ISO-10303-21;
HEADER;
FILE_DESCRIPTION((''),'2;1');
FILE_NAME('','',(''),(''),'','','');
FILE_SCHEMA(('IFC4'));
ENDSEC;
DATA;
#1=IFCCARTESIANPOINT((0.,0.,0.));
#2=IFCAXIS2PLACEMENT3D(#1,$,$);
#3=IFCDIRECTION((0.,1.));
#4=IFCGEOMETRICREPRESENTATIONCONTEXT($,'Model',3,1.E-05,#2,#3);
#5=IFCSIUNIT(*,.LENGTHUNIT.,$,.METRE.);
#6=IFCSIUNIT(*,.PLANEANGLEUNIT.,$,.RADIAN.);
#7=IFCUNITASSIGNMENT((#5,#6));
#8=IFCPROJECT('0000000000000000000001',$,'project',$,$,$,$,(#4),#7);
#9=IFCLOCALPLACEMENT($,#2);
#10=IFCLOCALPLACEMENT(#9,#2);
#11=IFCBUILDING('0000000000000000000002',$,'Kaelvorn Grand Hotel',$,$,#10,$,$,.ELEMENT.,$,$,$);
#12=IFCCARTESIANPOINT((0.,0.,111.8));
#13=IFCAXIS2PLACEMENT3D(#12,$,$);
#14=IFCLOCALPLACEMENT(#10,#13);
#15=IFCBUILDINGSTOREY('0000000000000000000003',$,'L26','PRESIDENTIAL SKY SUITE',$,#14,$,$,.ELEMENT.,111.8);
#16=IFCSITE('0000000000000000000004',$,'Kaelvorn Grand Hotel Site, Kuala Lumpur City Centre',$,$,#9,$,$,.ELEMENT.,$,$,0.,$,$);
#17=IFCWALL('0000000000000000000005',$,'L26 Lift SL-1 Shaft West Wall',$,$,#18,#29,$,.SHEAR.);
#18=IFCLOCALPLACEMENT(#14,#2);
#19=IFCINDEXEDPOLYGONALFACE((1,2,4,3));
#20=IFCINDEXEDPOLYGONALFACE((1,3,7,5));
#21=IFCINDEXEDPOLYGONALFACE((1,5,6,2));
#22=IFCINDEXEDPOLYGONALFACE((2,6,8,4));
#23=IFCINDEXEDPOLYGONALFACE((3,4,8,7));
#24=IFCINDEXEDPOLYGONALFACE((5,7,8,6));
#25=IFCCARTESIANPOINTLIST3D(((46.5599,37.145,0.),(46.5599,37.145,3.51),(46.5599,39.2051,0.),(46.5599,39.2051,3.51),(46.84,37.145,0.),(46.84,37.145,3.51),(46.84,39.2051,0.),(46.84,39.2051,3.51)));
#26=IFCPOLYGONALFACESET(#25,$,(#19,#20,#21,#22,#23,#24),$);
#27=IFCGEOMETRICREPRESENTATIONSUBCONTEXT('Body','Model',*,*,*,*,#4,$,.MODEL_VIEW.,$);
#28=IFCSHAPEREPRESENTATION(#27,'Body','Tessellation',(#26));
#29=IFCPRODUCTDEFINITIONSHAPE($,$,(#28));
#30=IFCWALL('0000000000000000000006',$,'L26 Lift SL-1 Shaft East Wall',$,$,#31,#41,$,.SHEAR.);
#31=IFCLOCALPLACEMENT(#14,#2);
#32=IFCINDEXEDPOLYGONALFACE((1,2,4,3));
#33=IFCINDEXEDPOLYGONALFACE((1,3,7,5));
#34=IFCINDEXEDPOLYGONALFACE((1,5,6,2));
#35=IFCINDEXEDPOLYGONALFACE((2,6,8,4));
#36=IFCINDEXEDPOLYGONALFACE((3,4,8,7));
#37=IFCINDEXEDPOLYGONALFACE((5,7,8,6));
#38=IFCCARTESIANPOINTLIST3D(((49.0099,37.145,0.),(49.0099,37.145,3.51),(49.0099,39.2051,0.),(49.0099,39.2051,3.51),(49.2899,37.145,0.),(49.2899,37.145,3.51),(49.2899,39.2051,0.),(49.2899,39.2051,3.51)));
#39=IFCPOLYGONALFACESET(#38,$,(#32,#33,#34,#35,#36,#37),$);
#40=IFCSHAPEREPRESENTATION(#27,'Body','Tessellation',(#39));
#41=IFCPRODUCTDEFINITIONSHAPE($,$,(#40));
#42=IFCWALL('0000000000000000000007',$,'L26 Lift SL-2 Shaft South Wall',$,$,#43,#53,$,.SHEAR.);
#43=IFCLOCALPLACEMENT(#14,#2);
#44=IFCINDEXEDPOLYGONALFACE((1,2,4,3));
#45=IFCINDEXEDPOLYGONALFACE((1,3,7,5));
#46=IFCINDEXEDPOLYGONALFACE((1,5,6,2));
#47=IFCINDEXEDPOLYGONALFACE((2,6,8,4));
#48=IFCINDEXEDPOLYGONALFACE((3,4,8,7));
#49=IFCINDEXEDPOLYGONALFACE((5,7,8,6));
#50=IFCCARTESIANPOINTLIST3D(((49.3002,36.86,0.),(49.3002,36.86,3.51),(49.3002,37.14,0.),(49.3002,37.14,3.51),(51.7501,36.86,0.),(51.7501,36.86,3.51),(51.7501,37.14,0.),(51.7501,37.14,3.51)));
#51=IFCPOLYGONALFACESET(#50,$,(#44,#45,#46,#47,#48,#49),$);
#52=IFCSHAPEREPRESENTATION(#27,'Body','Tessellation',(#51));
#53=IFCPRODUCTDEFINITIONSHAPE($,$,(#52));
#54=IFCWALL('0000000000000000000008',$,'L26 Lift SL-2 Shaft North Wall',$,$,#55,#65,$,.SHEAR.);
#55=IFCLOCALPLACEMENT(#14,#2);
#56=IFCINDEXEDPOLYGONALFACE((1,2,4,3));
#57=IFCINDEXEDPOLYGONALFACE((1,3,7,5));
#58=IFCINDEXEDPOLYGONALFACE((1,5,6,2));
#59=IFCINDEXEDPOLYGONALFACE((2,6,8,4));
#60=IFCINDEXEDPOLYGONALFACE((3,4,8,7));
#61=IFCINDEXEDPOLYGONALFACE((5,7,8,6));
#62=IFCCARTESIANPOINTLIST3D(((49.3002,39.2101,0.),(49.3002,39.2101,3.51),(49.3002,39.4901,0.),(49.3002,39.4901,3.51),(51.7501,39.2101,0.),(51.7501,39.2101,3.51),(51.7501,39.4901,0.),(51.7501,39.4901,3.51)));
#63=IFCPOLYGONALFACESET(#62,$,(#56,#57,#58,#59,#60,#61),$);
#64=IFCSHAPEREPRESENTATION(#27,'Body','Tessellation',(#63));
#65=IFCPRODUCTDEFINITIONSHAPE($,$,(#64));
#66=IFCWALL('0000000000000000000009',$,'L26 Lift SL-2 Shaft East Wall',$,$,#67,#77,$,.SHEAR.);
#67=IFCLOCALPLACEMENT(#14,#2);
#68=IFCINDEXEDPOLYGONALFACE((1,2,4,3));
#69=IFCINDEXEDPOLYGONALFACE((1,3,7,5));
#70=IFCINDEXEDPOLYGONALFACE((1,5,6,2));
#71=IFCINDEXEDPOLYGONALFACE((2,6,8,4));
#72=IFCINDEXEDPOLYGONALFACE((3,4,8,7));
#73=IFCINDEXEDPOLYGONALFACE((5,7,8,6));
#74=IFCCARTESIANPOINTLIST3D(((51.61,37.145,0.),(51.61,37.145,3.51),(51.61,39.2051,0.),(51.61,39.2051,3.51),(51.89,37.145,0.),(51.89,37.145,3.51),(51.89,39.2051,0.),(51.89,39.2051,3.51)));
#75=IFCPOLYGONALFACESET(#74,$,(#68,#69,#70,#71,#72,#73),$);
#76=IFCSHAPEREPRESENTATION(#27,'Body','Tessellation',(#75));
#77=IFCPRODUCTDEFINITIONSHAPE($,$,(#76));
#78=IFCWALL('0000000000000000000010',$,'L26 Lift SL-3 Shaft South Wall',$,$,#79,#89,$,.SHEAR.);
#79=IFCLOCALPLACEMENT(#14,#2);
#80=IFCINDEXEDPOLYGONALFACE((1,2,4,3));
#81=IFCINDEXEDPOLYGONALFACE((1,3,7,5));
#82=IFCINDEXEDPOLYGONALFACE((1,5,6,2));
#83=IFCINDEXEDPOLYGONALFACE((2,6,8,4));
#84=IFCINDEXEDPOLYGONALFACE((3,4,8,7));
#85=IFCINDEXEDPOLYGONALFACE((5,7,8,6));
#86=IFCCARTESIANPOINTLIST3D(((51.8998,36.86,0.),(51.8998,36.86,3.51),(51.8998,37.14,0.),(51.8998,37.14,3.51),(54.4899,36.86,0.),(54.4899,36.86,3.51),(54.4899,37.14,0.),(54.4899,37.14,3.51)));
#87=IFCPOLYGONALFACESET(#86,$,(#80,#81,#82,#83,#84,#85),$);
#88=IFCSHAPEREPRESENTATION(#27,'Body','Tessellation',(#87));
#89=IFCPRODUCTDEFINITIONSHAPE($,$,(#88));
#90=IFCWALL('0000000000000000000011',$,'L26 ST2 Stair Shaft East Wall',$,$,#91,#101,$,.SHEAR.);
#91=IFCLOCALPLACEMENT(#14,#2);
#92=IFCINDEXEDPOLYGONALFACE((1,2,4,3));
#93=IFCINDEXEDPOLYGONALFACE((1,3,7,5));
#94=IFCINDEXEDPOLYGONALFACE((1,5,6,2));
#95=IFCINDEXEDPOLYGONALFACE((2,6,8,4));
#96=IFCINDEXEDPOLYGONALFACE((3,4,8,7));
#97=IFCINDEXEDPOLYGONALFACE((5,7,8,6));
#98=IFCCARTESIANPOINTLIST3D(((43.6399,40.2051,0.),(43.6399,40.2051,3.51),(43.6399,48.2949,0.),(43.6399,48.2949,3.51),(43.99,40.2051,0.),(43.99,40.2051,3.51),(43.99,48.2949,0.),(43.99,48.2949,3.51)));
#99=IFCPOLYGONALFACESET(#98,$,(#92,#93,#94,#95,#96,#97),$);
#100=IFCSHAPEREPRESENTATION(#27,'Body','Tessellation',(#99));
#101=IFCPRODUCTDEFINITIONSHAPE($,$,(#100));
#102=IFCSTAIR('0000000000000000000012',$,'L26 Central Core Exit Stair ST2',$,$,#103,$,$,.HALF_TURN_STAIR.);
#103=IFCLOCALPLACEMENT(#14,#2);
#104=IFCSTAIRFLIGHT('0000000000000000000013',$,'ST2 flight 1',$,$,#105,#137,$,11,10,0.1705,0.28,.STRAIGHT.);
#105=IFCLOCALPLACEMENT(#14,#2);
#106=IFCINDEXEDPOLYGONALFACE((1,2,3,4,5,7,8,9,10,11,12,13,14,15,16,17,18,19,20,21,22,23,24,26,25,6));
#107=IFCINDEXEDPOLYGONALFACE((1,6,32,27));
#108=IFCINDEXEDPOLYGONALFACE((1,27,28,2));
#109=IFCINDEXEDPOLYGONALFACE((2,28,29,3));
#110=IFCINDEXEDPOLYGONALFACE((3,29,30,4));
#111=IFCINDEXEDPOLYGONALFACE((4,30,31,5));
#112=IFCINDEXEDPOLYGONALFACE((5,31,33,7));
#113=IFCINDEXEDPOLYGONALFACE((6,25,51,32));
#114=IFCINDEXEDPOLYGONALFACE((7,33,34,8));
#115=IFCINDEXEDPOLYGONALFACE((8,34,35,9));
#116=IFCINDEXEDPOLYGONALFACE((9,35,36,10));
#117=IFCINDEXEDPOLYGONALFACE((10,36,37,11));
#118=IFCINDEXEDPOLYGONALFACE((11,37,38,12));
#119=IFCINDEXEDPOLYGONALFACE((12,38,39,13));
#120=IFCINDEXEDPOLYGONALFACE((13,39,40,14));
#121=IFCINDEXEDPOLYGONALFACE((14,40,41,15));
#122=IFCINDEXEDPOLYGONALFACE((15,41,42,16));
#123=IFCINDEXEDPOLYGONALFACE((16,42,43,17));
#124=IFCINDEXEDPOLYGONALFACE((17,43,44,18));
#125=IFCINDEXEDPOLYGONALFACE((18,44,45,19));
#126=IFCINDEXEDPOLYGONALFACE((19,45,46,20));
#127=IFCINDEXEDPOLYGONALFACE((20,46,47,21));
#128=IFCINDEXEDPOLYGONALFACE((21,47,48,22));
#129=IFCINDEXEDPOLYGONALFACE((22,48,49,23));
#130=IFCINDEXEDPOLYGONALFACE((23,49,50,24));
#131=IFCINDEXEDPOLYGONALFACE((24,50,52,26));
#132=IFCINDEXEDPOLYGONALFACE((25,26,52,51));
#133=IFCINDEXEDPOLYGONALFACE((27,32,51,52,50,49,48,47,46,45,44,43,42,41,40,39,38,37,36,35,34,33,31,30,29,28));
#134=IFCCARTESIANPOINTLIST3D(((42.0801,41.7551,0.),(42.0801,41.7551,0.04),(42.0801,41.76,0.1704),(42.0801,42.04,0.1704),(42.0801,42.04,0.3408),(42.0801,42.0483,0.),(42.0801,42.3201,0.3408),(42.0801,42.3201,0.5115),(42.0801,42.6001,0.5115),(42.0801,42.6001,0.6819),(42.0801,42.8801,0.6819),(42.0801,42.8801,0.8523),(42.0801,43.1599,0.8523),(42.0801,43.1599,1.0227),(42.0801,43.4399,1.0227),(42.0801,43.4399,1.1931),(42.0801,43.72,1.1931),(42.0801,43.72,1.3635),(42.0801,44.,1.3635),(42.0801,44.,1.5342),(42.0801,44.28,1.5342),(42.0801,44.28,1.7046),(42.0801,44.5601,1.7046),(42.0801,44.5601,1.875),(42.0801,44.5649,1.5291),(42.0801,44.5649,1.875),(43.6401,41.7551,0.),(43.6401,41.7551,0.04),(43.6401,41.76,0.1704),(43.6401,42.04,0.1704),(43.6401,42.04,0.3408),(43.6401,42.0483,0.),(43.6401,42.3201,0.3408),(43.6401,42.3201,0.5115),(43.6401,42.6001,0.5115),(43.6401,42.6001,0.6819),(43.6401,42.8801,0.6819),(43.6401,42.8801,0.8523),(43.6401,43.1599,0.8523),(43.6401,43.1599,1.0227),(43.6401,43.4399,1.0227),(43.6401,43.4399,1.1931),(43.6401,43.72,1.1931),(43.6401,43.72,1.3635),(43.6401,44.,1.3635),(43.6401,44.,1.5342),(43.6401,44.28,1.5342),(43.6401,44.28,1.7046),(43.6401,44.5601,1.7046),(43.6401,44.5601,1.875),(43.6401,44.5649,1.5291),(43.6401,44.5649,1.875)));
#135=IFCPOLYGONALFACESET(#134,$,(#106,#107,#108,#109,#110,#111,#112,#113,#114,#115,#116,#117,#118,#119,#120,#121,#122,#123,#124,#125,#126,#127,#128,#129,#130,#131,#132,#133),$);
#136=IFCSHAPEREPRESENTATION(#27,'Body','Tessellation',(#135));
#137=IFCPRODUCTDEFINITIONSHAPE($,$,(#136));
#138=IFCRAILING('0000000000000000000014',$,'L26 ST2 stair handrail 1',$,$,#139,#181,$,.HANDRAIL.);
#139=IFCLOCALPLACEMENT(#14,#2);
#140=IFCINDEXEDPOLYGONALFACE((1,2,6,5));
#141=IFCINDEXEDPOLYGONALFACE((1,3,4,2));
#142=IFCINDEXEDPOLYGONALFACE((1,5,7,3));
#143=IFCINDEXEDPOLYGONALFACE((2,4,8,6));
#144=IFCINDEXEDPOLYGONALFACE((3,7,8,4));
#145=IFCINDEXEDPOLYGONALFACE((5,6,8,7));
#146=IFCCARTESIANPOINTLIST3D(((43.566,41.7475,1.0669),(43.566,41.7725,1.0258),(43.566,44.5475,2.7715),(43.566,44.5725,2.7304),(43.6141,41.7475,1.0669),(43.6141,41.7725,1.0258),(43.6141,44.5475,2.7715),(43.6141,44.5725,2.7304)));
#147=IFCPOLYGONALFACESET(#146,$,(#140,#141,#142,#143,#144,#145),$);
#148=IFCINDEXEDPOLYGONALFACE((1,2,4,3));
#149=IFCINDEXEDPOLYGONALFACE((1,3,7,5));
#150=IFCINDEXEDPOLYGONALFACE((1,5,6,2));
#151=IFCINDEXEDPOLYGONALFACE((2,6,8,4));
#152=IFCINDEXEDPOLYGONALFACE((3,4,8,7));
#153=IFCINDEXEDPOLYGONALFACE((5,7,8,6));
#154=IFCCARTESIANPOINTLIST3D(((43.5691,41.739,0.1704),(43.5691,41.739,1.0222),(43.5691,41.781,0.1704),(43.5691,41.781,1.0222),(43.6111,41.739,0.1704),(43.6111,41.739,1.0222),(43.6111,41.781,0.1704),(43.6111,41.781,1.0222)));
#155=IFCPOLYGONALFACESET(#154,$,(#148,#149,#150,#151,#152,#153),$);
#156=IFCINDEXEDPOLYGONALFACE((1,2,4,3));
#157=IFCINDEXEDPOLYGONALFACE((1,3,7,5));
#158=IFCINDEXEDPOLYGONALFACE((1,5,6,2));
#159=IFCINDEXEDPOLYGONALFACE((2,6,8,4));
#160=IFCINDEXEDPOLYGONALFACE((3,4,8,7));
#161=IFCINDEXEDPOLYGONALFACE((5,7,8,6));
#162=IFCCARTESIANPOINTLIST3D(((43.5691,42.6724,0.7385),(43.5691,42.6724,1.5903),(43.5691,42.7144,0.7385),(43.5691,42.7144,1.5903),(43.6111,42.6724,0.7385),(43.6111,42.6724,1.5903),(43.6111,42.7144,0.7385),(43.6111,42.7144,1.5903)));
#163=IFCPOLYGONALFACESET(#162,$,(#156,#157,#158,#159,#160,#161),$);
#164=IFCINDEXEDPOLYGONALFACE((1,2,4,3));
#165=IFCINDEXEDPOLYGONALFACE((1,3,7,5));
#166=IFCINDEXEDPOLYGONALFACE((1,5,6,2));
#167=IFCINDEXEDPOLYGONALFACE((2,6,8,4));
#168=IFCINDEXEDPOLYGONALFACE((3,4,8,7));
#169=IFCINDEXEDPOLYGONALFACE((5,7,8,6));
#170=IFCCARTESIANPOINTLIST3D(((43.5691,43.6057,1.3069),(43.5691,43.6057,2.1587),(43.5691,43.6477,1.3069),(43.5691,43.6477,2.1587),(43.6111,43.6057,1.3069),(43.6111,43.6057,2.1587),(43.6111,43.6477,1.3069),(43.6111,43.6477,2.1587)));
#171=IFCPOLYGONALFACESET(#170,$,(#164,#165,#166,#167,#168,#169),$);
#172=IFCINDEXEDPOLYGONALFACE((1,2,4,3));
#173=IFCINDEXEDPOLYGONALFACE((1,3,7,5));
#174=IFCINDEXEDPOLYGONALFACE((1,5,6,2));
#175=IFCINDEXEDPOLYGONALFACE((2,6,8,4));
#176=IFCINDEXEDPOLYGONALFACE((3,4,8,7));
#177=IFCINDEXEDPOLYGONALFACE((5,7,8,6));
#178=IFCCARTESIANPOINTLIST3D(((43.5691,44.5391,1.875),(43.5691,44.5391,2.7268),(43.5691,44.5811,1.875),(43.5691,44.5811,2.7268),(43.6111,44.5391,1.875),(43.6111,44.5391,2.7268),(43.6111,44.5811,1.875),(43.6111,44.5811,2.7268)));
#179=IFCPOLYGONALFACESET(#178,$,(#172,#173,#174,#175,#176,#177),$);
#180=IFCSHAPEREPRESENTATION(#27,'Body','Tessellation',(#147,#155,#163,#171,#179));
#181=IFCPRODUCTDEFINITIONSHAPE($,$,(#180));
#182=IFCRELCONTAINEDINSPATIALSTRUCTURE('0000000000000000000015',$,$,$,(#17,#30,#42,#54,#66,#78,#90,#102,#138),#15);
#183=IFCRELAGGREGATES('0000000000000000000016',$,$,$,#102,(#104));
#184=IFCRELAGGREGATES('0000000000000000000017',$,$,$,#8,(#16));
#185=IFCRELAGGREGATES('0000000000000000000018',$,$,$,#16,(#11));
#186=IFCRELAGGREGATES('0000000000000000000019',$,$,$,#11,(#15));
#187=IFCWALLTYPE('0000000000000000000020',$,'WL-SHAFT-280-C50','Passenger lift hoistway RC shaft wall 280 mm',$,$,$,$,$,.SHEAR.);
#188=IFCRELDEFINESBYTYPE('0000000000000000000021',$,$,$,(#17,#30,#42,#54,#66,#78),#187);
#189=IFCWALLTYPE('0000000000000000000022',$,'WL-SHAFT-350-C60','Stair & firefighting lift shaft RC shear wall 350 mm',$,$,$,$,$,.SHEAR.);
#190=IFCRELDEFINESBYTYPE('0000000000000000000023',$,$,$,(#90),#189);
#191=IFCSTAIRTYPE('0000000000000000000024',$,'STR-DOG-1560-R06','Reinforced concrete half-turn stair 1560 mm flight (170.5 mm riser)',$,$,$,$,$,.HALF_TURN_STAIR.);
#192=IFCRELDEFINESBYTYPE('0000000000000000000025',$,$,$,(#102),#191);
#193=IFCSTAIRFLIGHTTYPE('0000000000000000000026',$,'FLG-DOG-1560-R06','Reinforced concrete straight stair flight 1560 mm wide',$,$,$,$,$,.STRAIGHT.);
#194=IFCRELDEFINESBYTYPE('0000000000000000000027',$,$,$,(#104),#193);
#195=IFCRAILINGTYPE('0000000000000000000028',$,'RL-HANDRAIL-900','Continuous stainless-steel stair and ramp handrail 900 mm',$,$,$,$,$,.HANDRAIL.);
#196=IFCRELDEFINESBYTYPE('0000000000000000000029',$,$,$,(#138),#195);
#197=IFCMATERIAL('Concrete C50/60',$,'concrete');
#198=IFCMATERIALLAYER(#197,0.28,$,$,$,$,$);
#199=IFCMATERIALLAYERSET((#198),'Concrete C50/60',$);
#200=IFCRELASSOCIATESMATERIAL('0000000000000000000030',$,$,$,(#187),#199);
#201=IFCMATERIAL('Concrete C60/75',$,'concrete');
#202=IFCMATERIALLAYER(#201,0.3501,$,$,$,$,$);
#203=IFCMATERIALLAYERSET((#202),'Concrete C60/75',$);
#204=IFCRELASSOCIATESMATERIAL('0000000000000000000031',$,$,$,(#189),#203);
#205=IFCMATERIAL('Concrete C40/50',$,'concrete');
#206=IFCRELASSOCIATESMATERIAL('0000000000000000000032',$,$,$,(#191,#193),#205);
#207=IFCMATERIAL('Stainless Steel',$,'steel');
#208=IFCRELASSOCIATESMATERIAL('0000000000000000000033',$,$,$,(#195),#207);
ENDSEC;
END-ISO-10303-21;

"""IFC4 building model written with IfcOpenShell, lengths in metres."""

from ifc_helpers import new_model, si_unit, direction, frame, frame_2d, origin, origin_2d, place, context, subcontext, project, spatial, polyline, rectangle, outline, extrude, material, layer, layer_set, type_object, element, aggregate, save


model = new_model("IFC4")

# Units and contexts
model_context = context("Model", 3, precision=1e-05, world=origin(), true_north=direction((0.0, 1.0)))
body_context = subcontext(model_context, "Body", "Model", "MODEL_VIEW")
ifc_project = project(units=[si_unit("LENGTHUNIT", "METRE"), si_unit("PLANEANGLEUNIT", "RADIAN")], contexts=[model_context])

# Site, building, storey
site_placement = place(None, origin())
site = spatial("IfcSite", under=ifc_project, at=site_placement, Name="Kaelvorn Grand Hotel Site, Kuala Lumpur City Centre", CompositionType="ELEMENT", RefElevation=0.0)
building_placement = place(site_placement, origin())
building = spatial("IfcBuilding", under=site, at=building_placement, Name="Kaelvorn Grand Hotel", CompositionType="ELEMENT")
storey_placement = place(building_placement, frame((0.0, 0.0, 111.8)))
storey = spatial("IfcBuildingStorey", under=building, at=storey_placement, Name="L26", Description="PRESIDENTIAL SKY SUITE", CompositionType="ELEMENT", Elevation=111.8)

# Shared definitions
ifc_material_1 = material(Name="Concrete C60/75", Category="concrete")

# Walls
ifc_material_2 = material(Name="Concrete C40/50", Category="concrete")
ifc_material_3 = material(Name="Concrete C50/60", Category="concrete")
ifc_layer_1 = layer(ifc_material_3, 0.28)
ifc_layer_set_1 = layer_set([ifc_layer_1], Name="Concrete C50/60")
wall_type_1 = type_object("IfcWallType", Name="WL-SHAFT-280-C50", Description="Passenger lift hoistway RC shaft wall 280 mm", PredefinedType="SHEAR", material=ifc_layer_set_1)
for number, where, z_axis, x_axis, name in (
    (1, (46.7, 37.145, 0.0), (0.0, 0.0, 1.0), (0.0, 1.0, 0.0), "L26 Lift SL-1 Shaft West Wall"),
    (2, (49.1499, 37.145, 0.0), (0.0, 0.0, 1.0), (0.0, 1.0, 0.0), "L26 Lift SL-1 Shaft East Wall"),
):
    element("IfcWall", number, at=place(storey_placement, frame(where, z_axis=z_axis, x_axis=x_axis)), inside=storey, type_object=wall_type_1, Name=name, PredefinedType="SHEAR", context=body_context, shape_type="SweptSolid", body=[
        extrude(rectangle(XDim=2.0601, YDim=0.28, at=frame_2d((1.03, 0.0))), origin(), (0.0, 0.0, 1.0), 3.51),
    ])
for number, where, z_axis, x_axis, name in (
    (3, (49.3, 37.0, 0.0), (0.0, 0.0, 1.0), (1.0, 0.0, 0.0), "L26 Lift SL-2 Shaft South Wall"),
    (4, (49.3, 39.3501, 0.0), (0.0, 0.0, 1.0), (1.0, 0.0, 0.0), "L26 Lift SL-2 Shaft North Wall"),
):
    element("IfcWall", number, at=place(storey_placement, frame(where, z_axis=z_axis, x_axis=x_axis)), inside=storey, type_object=wall_type_1, Name=name, PredefinedType="SHEAR", context=body_context, shape_type="SweptSolid", body=[
        extrude(rectangle(XDim=2.45, YDim=0.28, at=frame_2d((1.2251, 0.0))), origin(), (0.0, 0.0, 1.0), 3.51),
    ])
wall_1_placement = place(storey_placement, frame((51.75, 37.145, 0.0), z_axis=(0.0, 0.0, 1.0), x_axis=(0.0, 1.0, 0.0)))
element("IfcWall", 5, at=wall_1_placement, inside=storey, type_object=wall_type_1, Name="L26 Lift SL-2 Shaft East Wall", PredefinedType="SHEAR", context=body_context, shape_type="SweptSolid", body=[
    extrude(rectangle(XDim=2.0601, YDim=0.28, at=frame_2d((1.03, 0.0))), origin(), (0.0, 0.0, 1.0), 3.51),
])
wall_2_placement = place(storey_placement, frame((51.8999, 37.0, 0.0), z_axis=(0.0, 0.0, 1.0), x_axis=(1.0, 0.0, 0.0)))
element("IfcWall", 6, at=wall_2_placement, inside=storey, type_object=wall_type_1, Name="L26 Lift SL-3 Shaft South Wall", PredefinedType="SHEAR", context=body_context, shape_type="SweptSolid", body=[
    extrude(rectangle(XDim=2.5901, YDim=0.28, at=frame_2d((1.2949, 0.0))), origin(), (0.0, 0.0, 1.0), 3.51),
])
ifc_layer_2 = layer(ifc_material_1, 0.3501)
ifc_layer_set_2 = layer_set([ifc_layer_2], Name="Concrete C60/75")
wall_type_2 = type_object("IfcWallType", Name="WL-SHAFT-350-C60", Description="Stair & firefighting lift shaft RC shear wall 350 mm", PredefinedType="SHEAR", material=ifc_layer_set_2)
wall_3_placement = place(storey_placement, frame((43.8149, 40.2051, 0.0), z_axis=(0.0, 0.0, 1.0), x_axis=(0.0, 1.0, 0.0)))
element("IfcWall", 7, at=wall_3_placement, inside=storey, type_object=wall_type_2, Name="L26 ST2 Stair Shaft East Wall", PredefinedType="SHEAR", context=body_context, shape_type="SweptSolid", body=[
    extrude(rectangle(XDim=8.0898, YDim=0.3501, at=frame_2d((4.0449, 0.0))), origin(), (0.0, 0.0, 1.0), 3.51),
])

# Stair, stair flight
stair_type = type_object("IfcStairType", Name="STR-DOG-1560-R06", Description="Reinforced concrete half-turn stair 1560 mm flight (170.5 mm riser)", PredefinedType="HALF_TURN_STAIR", material=ifc_material_2)
stair_placement = place(storey_placement, origin())
stair = element("IfcStair", 8, at=stair_placement, inside=storey, type_object=stair_type, Name="L26 Central Core Exit Stair ST2", PredefinedType="HALF_TURN_STAIR")
stair_flight_type = type_object("IfcStairFlightType", Name="FLG-DOG-1560-R06", Description="Reinforced concrete straight stair flight 1560 mm wide", PredefinedType="STRAIGHT", material=ifc_material_2)
stair_flight_placement = place(storey_placement, frame((42.8601, 41.76, 0.0), z_axis=(0.0, 0.0, 1.0), x_axis=(0.0, 1.0, 0.0)))
stair_flight = element("IfcStairFlight", 9, at=stair_flight_placement, type_object=stair_flight_type, Name="ST2 flight 1", NumberOfRisers=11, NumberOfTreads=10, PredefinedType="STRAIGHT", RiserHeight=0.1705, TreadLength=0.28, context=body_context, shape_type="SweptSolid", body=[
    extrude(outline(polyline([(-0.0049, 0.0), (-0.0049, 0.04), (0.0, 0.1704), (0.28, 0.1704), (0.28, 0.3408), (0.5601, 0.3408), (0.5601, 0.5115), (0.8401, 0.5115), (0.8401, 0.6819), (1.1201, 0.6819), (1.1201, 0.8523), (1.3999, 0.8523), (1.3999, 1.0227), (1.6799, 1.0227), (1.6799, 1.1931), (1.96, 1.1931), (1.96, 1.3635), (2.24, 1.3635), (2.24, 1.5342), (2.52, 1.5342), (2.52, 1.7046), (2.8, 1.7046), (2.8, 1.875), (2.8049, 1.875), (2.8049, 1.5291), (0.2883, 0.0), (-0.0049, 0.0)])), frame((0.0, 0.78, 0.0), z_axis=(0.0, -1.0, 0.0), x_axis=(1.0, 0.0, 0.0)), (0.0, 0.0, 1.0), 1.5601),
])
aggregate(stair, [stair_flight])

# Railing
ifc_material_4 = material(Name="Stainless Steel", Category="steel")
railing_type_1 = type_object("IfcRailingType", Name="RL-HANDRAIL-900", Description="Continuous stainless-steel stair and ramp handrail 900 mm", PredefinedType="HANDRAIL", material=ifc_material_4)
railing_1_placement = place(storey_placement, frame((43.5901, 41.76, 0.1704)))
element("IfcRailing", 10, at=railing_1_placement, inside=storey, type_object=railing_type_1, Name="L26 ST2 stair handrail 1", PredefinedType="HANDRAIL", context=body_context, shape_type="SweptSolid", body=[
    extrude(rectangle(XDim=0.0481, YDim=0.0481, at=origin_2d()), frame((0.0, 0.0, 0.876), z_axis=(0.0, 0.85417, 0.519994), x_axis=(-1.0, 0.0, 0.0)), (0.0, 0.0, 1.0), 3.2781),
    extrude(rectangle(XDim=0.042, YDim=0.042, at=origin_2d()), origin(), (0.0, 0.0, 1.0), 0.8518),
    extrude(rectangle(XDim=0.042, YDim=0.042, at=origin_2d()), frame((0.0, 0.9333, 0.5681)), (0.0, 0.0, 1.0), 0.8518),
    extrude(rectangle(XDim=0.042, YDim=0.042, at=origin_2d()), frame((0.0, 1.8667, 1.1365)), (0.0, 0.0, 1.0), 0.8518),
    extrude(rectangle(XDim=0.042, YDim=0.042, at=origin_2d()), frame((0.0, 2.8, 1.7046)), (0.0, 0.0, 1.0), 0.8518),
])

save(model, "model.ifc")
